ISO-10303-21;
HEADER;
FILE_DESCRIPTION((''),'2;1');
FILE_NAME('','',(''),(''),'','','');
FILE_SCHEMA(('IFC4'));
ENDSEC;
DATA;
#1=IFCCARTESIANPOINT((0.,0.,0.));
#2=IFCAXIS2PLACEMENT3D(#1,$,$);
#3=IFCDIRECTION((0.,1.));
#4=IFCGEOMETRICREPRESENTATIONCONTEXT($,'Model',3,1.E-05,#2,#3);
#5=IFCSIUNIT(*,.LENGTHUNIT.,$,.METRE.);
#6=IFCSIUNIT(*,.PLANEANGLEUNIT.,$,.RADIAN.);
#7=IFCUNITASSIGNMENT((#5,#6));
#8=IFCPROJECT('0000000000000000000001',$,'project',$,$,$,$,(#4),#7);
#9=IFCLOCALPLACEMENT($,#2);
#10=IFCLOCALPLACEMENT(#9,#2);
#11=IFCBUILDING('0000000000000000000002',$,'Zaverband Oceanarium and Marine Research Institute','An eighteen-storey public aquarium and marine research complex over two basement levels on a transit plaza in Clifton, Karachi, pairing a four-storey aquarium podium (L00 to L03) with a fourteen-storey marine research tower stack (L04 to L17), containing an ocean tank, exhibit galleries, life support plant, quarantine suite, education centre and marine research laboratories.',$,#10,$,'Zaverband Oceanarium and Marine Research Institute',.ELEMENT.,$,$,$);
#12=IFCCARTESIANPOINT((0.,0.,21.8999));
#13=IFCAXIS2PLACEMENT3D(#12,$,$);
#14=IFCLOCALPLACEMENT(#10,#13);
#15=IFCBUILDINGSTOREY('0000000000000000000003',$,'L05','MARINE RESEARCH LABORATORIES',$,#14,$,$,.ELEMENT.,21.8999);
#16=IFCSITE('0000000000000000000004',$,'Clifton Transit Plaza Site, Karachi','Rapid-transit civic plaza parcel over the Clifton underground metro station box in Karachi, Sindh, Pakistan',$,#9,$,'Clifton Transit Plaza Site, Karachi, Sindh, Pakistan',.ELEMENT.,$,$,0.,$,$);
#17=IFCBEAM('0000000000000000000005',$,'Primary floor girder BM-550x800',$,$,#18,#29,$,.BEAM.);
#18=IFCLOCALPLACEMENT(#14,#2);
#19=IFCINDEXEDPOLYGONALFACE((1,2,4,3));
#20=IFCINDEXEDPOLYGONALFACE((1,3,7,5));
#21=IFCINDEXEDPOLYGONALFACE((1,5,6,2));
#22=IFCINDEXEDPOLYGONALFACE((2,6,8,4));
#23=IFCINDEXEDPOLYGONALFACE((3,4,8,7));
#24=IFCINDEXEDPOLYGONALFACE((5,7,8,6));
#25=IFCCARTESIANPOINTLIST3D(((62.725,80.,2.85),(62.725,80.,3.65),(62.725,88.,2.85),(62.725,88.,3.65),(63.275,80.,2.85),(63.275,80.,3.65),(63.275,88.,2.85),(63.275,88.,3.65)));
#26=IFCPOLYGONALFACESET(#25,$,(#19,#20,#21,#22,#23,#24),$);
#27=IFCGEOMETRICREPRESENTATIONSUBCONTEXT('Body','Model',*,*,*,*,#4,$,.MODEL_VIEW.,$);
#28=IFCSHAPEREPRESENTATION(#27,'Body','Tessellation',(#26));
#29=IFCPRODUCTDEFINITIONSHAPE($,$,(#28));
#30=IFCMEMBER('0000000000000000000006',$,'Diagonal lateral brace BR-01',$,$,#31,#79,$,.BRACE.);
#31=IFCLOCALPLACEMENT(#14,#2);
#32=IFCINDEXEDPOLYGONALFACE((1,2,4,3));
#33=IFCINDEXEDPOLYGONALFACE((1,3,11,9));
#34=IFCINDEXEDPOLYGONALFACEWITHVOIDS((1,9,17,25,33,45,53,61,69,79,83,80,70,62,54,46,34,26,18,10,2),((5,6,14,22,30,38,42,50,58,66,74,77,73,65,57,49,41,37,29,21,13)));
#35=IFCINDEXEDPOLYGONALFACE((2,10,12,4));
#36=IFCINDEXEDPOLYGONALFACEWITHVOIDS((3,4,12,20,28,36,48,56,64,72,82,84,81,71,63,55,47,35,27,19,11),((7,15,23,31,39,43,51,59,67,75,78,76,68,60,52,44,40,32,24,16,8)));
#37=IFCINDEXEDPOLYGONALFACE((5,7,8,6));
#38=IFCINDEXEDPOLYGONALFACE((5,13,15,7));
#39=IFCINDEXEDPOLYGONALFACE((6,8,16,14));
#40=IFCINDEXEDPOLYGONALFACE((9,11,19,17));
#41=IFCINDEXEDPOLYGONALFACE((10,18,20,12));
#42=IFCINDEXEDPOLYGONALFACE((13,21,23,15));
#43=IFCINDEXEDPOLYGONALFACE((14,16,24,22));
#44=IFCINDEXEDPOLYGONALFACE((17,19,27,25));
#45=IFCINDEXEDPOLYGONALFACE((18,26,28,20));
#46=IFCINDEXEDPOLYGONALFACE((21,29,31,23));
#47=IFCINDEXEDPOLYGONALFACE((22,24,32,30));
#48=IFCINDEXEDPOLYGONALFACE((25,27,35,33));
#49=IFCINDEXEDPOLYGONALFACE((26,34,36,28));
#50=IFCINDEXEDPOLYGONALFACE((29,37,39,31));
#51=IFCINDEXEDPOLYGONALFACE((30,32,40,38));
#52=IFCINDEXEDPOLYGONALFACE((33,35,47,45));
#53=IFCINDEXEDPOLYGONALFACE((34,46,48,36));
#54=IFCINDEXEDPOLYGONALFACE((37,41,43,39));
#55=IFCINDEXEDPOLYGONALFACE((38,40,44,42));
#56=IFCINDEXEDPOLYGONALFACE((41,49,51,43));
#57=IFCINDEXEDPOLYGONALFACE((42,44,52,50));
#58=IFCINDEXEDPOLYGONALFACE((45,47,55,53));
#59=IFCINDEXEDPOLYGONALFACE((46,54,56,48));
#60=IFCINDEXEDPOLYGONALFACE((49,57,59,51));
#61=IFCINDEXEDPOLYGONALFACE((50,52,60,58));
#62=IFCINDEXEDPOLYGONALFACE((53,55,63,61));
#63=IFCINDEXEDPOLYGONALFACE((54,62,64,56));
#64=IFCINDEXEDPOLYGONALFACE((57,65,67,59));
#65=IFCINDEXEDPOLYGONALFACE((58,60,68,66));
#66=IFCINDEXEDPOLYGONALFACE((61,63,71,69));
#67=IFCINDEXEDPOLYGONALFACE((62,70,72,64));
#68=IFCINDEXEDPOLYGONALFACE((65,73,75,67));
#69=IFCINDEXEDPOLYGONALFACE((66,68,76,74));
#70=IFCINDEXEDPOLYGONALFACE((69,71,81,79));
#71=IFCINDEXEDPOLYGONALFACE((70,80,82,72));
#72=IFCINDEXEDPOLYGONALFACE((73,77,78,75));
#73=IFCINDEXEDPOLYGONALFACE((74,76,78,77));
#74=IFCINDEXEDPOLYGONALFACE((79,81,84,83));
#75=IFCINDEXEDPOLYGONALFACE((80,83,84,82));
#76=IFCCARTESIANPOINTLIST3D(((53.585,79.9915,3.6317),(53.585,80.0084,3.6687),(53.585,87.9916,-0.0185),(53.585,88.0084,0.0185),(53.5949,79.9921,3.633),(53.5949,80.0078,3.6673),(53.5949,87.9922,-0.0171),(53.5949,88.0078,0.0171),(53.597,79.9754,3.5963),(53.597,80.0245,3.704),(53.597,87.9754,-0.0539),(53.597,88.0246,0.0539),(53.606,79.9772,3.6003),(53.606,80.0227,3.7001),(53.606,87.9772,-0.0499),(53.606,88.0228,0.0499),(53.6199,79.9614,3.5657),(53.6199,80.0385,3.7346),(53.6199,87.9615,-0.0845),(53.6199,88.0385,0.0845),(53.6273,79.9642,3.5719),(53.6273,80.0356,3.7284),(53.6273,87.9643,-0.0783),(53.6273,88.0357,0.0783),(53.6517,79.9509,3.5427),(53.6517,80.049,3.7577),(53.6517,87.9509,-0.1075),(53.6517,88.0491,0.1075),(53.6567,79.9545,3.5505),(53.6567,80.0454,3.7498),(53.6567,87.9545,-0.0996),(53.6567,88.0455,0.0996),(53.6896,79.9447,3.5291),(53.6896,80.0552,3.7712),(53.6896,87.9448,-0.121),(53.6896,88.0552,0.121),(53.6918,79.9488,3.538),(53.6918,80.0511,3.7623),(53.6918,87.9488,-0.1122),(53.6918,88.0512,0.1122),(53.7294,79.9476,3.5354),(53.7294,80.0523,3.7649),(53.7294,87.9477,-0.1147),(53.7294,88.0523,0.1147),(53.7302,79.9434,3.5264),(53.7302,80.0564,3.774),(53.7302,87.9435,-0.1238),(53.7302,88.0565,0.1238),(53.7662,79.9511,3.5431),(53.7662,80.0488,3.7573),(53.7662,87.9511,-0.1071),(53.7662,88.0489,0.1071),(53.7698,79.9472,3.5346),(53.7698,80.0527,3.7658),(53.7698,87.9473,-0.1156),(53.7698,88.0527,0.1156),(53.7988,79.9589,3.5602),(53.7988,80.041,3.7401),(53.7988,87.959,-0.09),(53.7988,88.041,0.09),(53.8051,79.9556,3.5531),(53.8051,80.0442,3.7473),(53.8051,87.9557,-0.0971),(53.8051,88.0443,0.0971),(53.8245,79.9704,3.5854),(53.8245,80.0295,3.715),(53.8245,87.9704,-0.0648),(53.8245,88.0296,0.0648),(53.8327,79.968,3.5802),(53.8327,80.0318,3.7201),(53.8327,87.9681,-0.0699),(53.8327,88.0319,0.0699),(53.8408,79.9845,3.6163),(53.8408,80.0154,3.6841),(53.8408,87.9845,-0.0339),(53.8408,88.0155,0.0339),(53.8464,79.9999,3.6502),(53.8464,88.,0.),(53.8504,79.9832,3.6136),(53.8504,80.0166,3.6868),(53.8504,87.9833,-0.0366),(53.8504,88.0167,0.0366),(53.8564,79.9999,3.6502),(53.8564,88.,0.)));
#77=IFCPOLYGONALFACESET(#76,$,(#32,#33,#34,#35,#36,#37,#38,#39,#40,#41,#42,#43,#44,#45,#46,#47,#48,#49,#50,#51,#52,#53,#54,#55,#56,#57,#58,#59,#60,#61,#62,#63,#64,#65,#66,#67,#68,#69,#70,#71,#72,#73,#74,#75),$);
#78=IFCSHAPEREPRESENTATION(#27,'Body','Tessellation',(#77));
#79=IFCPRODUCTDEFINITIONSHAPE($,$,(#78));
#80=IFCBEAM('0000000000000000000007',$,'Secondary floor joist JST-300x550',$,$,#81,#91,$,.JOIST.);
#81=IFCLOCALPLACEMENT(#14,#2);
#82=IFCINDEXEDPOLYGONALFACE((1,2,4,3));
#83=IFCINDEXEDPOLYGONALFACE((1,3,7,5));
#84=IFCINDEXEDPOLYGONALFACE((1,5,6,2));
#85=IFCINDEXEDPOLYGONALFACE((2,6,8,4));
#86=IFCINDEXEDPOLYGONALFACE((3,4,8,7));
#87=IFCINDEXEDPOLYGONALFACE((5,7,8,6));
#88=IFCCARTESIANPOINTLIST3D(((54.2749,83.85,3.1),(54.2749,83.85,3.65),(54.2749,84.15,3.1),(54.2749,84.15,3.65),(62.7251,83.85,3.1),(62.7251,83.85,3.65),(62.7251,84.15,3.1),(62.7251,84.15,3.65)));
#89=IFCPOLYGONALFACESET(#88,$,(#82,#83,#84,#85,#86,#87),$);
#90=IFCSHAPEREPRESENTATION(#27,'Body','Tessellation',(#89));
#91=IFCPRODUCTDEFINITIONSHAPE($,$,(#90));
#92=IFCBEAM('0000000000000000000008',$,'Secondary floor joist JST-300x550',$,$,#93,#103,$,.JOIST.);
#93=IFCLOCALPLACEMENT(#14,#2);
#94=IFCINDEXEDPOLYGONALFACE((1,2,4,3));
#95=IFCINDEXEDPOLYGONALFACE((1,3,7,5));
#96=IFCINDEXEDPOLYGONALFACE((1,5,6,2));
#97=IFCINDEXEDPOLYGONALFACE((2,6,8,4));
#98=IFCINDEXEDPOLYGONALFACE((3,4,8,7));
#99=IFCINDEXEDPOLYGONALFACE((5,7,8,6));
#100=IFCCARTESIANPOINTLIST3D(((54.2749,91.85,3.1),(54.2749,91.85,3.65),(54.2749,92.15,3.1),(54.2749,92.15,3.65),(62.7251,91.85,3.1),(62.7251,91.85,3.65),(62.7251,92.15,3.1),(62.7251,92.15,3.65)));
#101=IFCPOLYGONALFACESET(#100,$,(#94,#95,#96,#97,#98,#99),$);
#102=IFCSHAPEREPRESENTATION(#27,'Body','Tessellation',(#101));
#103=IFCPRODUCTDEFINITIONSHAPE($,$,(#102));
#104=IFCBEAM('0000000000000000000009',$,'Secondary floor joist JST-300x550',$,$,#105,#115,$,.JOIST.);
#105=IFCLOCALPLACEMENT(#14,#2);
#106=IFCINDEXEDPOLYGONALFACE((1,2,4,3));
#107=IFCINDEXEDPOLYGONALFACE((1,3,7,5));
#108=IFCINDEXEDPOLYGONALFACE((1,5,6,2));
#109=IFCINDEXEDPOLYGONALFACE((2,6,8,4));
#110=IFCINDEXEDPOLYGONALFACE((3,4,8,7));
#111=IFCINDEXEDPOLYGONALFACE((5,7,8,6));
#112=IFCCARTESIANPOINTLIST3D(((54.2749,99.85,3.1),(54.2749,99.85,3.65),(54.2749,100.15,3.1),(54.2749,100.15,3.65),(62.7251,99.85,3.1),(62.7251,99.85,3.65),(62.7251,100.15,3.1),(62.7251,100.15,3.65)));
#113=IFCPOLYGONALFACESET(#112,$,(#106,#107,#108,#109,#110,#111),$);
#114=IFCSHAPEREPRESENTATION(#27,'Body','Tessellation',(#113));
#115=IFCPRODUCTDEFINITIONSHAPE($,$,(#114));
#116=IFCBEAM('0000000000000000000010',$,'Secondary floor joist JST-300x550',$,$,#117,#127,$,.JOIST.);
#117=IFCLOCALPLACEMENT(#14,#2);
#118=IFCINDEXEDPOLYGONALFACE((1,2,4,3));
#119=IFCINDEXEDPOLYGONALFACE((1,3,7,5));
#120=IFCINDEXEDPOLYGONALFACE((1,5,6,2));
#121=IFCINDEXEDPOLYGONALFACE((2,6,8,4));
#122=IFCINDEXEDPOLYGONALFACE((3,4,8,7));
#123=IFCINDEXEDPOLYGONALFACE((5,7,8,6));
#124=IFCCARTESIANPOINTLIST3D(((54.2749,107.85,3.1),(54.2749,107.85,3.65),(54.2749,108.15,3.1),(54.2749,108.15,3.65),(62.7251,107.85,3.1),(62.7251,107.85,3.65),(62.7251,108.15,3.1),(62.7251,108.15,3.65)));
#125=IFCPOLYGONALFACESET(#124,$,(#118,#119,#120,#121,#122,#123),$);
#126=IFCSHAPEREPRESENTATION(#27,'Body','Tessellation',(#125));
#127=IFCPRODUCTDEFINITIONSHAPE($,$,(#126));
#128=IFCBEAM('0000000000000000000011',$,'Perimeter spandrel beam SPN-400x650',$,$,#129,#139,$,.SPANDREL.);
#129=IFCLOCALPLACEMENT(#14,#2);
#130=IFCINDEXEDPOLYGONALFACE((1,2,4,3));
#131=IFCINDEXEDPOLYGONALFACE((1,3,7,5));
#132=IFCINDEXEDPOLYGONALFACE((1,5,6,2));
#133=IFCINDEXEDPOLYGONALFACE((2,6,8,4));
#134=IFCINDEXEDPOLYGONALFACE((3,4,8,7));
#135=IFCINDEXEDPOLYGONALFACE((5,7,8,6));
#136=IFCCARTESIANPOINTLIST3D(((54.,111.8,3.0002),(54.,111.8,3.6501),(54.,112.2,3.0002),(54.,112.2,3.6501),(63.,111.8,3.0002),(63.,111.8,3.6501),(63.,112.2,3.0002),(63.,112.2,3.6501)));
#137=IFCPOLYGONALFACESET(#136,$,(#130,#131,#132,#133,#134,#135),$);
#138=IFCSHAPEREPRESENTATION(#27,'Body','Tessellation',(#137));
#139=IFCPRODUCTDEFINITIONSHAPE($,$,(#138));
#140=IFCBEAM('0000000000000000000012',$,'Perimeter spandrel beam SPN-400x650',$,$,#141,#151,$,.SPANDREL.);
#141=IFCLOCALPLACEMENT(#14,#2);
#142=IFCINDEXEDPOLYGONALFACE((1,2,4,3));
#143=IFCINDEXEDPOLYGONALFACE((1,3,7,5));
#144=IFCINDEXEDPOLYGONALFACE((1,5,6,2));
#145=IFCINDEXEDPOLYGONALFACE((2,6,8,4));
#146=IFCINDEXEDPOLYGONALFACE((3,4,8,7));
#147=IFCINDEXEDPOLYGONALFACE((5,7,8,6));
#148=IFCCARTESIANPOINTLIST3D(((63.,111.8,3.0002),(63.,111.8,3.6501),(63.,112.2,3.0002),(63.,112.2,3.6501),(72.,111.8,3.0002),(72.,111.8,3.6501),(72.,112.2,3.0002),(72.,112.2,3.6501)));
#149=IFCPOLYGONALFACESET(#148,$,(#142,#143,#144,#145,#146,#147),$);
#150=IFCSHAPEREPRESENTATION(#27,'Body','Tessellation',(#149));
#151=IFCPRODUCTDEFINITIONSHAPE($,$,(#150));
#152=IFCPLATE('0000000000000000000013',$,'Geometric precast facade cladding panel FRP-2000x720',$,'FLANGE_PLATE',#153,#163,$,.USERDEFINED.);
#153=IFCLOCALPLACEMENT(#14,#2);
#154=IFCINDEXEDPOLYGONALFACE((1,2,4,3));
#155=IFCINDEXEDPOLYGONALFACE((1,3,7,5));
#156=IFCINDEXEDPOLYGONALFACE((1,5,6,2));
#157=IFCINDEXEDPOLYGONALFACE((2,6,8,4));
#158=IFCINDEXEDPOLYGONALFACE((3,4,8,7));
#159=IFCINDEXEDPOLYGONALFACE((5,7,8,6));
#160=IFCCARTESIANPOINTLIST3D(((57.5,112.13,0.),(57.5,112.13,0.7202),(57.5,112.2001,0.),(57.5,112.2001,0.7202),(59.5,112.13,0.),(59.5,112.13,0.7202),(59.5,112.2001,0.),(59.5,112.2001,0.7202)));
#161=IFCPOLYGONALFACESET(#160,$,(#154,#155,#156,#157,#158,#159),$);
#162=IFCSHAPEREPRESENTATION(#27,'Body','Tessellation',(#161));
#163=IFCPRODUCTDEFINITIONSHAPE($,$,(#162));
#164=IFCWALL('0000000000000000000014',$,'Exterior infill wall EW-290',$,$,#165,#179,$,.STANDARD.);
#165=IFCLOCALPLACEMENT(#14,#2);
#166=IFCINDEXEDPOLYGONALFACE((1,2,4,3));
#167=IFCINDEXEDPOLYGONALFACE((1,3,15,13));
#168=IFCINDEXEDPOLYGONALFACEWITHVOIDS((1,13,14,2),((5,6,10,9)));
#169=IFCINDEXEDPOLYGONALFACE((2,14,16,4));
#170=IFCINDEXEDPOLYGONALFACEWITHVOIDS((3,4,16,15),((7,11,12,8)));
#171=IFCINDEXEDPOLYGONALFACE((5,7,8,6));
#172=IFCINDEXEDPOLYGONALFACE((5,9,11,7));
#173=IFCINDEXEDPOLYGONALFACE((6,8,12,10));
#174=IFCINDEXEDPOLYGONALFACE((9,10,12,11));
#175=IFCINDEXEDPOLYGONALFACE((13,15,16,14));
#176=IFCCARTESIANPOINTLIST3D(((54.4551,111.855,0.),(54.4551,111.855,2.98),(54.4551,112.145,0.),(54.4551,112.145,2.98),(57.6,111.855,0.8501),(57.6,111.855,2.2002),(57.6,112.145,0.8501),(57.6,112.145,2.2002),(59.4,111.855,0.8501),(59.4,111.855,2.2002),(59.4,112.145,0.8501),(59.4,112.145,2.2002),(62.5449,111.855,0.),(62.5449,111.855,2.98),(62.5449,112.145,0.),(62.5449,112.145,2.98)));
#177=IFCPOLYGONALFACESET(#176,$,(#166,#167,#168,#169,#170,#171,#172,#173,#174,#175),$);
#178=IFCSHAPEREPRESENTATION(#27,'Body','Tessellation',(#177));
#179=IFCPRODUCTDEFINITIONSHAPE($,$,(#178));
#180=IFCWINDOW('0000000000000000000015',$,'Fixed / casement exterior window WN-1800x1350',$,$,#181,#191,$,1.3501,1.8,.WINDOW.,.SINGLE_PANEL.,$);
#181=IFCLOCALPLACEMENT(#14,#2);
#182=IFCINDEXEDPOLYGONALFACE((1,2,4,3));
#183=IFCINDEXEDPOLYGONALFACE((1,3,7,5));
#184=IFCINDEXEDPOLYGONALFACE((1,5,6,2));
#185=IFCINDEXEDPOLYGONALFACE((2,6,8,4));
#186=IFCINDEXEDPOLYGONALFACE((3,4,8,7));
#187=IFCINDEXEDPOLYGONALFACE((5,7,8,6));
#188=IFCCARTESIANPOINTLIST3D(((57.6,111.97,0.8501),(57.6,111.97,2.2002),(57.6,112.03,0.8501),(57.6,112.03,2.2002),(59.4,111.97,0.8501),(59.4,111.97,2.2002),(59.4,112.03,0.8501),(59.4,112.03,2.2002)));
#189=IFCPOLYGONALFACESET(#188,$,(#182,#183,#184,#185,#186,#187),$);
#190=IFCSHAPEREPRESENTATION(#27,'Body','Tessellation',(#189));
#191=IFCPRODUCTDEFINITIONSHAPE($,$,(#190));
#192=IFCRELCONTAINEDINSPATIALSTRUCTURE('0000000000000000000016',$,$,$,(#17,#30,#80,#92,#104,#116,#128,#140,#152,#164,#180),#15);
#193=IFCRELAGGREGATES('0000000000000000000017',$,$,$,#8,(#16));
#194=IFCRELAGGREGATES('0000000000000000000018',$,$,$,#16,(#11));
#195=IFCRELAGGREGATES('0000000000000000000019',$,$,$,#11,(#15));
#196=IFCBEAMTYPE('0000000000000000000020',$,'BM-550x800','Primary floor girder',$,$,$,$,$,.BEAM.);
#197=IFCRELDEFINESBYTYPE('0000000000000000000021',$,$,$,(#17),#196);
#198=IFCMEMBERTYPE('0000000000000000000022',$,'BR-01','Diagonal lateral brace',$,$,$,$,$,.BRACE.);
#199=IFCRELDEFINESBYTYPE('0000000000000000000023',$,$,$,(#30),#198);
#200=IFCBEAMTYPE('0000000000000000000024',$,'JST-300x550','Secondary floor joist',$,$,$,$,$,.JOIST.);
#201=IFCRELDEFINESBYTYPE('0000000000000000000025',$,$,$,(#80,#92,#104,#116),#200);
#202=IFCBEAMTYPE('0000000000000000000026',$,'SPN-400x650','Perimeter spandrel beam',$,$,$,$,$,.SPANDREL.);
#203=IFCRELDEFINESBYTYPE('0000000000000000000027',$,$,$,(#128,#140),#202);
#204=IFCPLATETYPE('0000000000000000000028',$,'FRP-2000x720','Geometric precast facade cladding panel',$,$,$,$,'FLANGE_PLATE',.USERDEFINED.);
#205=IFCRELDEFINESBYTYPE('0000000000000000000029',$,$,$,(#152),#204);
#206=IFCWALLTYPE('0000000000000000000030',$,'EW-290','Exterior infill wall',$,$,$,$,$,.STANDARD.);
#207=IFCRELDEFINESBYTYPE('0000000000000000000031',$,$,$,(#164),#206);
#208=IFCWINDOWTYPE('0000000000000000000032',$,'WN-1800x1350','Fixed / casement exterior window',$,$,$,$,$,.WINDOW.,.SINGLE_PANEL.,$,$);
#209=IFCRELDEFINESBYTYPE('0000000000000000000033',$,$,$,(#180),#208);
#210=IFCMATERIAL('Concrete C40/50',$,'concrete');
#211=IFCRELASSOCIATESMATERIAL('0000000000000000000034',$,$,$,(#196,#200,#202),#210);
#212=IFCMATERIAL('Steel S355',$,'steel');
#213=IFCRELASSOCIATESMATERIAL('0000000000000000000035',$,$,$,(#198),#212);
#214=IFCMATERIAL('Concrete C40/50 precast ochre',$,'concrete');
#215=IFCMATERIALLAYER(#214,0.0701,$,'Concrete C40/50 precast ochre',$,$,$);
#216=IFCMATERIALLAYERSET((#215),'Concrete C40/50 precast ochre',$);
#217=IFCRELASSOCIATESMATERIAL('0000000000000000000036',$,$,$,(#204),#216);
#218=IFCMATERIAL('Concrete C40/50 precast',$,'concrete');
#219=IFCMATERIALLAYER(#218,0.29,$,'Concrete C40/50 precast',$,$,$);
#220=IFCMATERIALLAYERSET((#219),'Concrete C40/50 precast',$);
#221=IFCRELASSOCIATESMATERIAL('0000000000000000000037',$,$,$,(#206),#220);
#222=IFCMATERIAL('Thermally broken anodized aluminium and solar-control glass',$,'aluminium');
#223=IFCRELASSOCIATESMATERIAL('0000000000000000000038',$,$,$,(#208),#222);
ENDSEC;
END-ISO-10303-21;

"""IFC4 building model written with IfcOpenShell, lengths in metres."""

from ifc_helpers import new_model, si_unit, direction, frame, frame_2d, origin, origin_2d, place, context, subcontext, project, spatial, rectangle, hollow_circle, extrude, material, layer, layer_set, material_profile, profile_set, type_object, element, fill, save


model = new_model("IFC4")

# Units and contexts
model_context = context("Model", 3, precision=1e-05, world=origin(), true_north=direction((0.0, 1.0)))
body_context = subcontext(model_context, "Body", "Model", "MODEL_VIEW")
ifc_project = project(units=[si_unit("LENGTHUNIT", "METRE"), si_unit("PLANEANGLEUNIT", "RADIAN")], contexts=[model_context])

# Site, building, storey
site_placement = place(None, origin())
site = spatial("IfcSite", under=ifc_project, at=site_placement, Name="Clifton Transit Plaza Site, Karachi", Description="Rapid-transit civic plaza parcel over the Clifton underground metro station box in Karachi, Sindh, Pakistan", LongName="Clifton Transit Plaza Site, Karachi, Sindh, Pakistan", CompositionType="ELEMENT", RefElevation=0.0)
building_placement = place(site_placement, origin())
building = spatial("IfcBuilding", under=site, at=building_placement, Name="Zaverband Oceanarium and Marine Research Institute", Description="An eighteen-storey public aquarium and marine research complex over two basement levels on a transit plaza in Clifton, Karachi, pairing a four-storey aquarium podium (L00 to L03) with a fourteen-storey marine research tower stack (L04 to L17), containing an ocean tank, exhibit galleries, life support plant, quarantine suite, education centre and marine research laboratories.", LongName="Zaverband Oceanarium and Marine Research Institute", CompositionType="ELEMENT")
storey_placement = place(building_placement, frame((0.0, 0.0, 21.8999)))
storey = spatial("IfcBuildingStorey", under=building, at=storey_placement, Name="L05", Description="MARINE RESEARCH LABORATORIES", CompositionType="ELEMENT", Elevation=21.8999)

# Beam
ifc_material_1 = material(Name="Concrete C40/50", Category="concrete")
ifc_material_profile_1 = material_profile(ifc_material_1, rectangle(XDim=0.55, YDim=0.8, at=origin_2d()), Name="RC550x800")
ifc_profile_set_1 = profile_set([ifc_material_profile_1], Name="Concrete C40/50")
beam_type_1 = type_object("IfcBeamType", Name="BM-550x800", Description="Primary floor girder", PredefinedType="BEAM", material=ifc_profile_set_1)
for number, where, z_axis, x_axis, name in (
    (1, (63.0, 80.0, 3.25), (0.0, 1.0, 0.0), (-1.0, 0.0, 0.0), "Primary floor girder BM-550x800"),
):
    element("IfcBeam", number, at=place(storey_placement, frame(where, z_axis=z_axis, x_axis=x_axis)), inside=storey, type_object=beam_type_1, Name=name, PredefinedType="BEAM", context=body_context, shape_type="SweptSolid", body=[
        extrude(rectangle(XDim=0.55, YDim=0.8, at=origin_2d()), origin(), (0.0, 0.0, 1.0), 8.0),
    ])

# Member
ifc_material_2 = material(Name="Steel S355", Category="steel")
ifc_material_profile_2 = material_profile(ifc_material_2, hollow_circle(Radius=0.1365, WallThickness=0.01, at=origin_2d()), Name="CHS273x10")
ifc_profile_set_2 = profile_set([ifc_material_profile_2], Name="Steel S355")
member_type = type_object("IfcMemberType", Name="BR-01", Description="Diagonal lateral brace", PredefinedType="BRACE", material=ifc_profile_set_2)
member_placement = place(storey_placement, frame((53.72, 88.0, 0.0), z_axis=(0.0, -0.909775, 0.415102), x_axis=(1.0, 0.0, 0.0)))
element("IfcMember", 2, at=member_placement, inside=storey, type_object=member_type, Name="Diagonal lateral brace BR-01", PredefinedType="BRACE", context=body_context, shape_type="SweptSolid", body=[
    extrude(hollow_circle(Radius=0.1365, WallThickness=0.01, at=origin_2d()), origin(), (0.0, 0.0, 1.0), 8.7935),
])

# Beams
ifc_material_profile_3 = material_profile(ifc_material_1, rectangle(XDim=0.3, YDim=0.55, at=origin_2d()), Name="RC300x550")
ifc_profile_set_3 = profile_set([ifc_material_profile_3], Name="Concrete C40/50")
beam_type_2 = type_object("IfcBeamType", Name="JST-300x550", Description="Secondary floor joist", PredefinedType="JOIST", material=ifc_profile_set_3)
for number, where, z_axis, x_axis, name in (
    (3, (54.2749, 84.0, 3.375), (1.0, 0.0, 0.0), (0.0, 1.0, 0.0), "Secondary floor joist JST-300x550"),
    (4, (54.2749, 92.0, 3.375), (1.0, 0.0, 0.0), (0.0, 1.0, 0.0), "Secondary floor joist JST-300x550"),
    (5, (54.2749, 100.0, 3.375), (1.0, 0.0, 0.0), (0.0, 1.0, 0.0), "Secondary floor joist JST-300x550"),
    (6, (54.2749, 108.0, 3.375), (1.0, 0.0, 0.0), (0.0, 1.0, 0.0), "Secondary floor joist JST-300x550"),
):
    element("IfcBeam", number, at=place(storey_placement, frame(where, z_axis=z_axis, x_axis=x_axis)), inside=storey, type_object=beam_type_2, Name=name, PredefinedType="JOIST", context=body_context, shape_type="SweptSolid", body=[
        extrude(rectangle(XDim=0.3, YDim=0.55, at=origin_2d()), origin(), (0.0, 0.0, 1.0), 8.4502),
    ])
ifc_material_profile_4 = material_profile(ifc_material_1, rectangle(XDim=0.3999, YDim=0.6499, at=origin_2d()), Name="RC400x650")
ifc_profile_set_4 = profile_set([ifc_material_profile_4], Name="Concrete C40/50")
beam_type_3 = type_object("IfcBeamType", Name="SPN-400x650", Description="Perimeter spandrel beam", PredefinedType="SPANDREL", material=ifc_profile_set_4)
for number, where, z_axis, x_axis, name in (
    (7, (54.0, 112.0, 3.3252), (1.0, 0.0, 0.0), (0.0, 1.0, 0.0), "Perimeter spandrel beam SPN-400x650"),
    (8, (63.0, 112.0, 3.3252), (1.0, 0.0, 0.0), (0.0, 1.0, 0.0), "Perimeter spandrel beam SPN-400x650"),
):
    element("IfcBeam", number, at=place(storey_placement, frame(where, z_axis=z_axis, x_axis=x_axis)), inside=storey, type_object=beam_type_3, Name=name, PredefinedType="SPANDREL", context=body_context, shape_type="SweptSolid", body=[
        extrude(rectangle(XDim=0.3999, YDim=0.6499, at=origin_2d()), origin(), (0.0, 0.0, 1.0), 9.0),
    ])

# Plate
ifc_material_3 = material(Name="Concrete C40/50 precast ochre", Category="concrete")
ifc_layer_1 = layer(ifc_material_3, 0.0701, Name="Concrete C40/50 precast ochre")
ifc_layer_set_1 = layer_set([ifc_layer_1], Name="Concrete C40/50 precast ochre")
plate_type = type_object("IfcPlateType", Name="FRP-2000x720", Description="Geometric precast facade cladding panel", ElementType="FLANGE_PLATE", PredefinedType="USERDEFINED", material=ifc_layer_set_1)
plate_placement = place(storey_placement, frame((57.5, 112.165, 0.0), z_axis=(0.0, 0.0, 1.0), x_axis=(1.0, 0.0, 0.0)))
element("IfcPlate", 9, at=plate_placement, inside=storey, type_object=plate_type, Name="Geometric precast facade cladding panel FRP-2000x720", ObjectType="FLANGE_PLATE", PredefinedType="USERDEFINED", context=body_context, shape_type="SweptSolid", body=[
    extrude(rectangle(XDim=2.0, YDim=0.0701, at=frame_2d((1.0, 0.0))), origin(), (0.0, 0.0, 1.0), 0.7202),
])

# Wall, opening, window
ifc_material_4 = material(Name="Concrete C40/50 precast", Category="concrete")
ifc_layer_2 = layer(ifc_material_4, 0.29, Name="Concrete C40/50 precast")
ifc_layer_set_2 = layer_set([ifc_layer_2], Name="Concrete C40/50 precast")
wall_type = type_object("IfcWallType", Name="EW-290", Description="Exterior infill wall", PredefinedType="STANDARD", material=ifc_layer_set_2)
wall_placement = place(storey_placement, frame((54.4551, 112.0, 0.0), z_axis=(0.0, 0.0, 1.0), x_axis=(1.0, 0.0, 0.0)))
wall = element("IfcWall", 10, at=wall_placement, inside=storey, type_object=wall_type, Name="Exterior infill wall EW-290", PredefinedType="STANDARD", context=body_context, shape_type="SweptSolid", body=[
    extrude(rectangle(XDim=8.0898, YDim=0.29, at=frame_2d((4.0449, 0.0))), origin(), (0.0, 0.0, 1.0), 2.98),
])
opening_placement = place(wall_placement, frame((3.145, 0.0, 0.8501)))
opening = element("IfcOpeningElement", 11, at=opening_placement, cuts=wall, PredefinedType="OPENING", context=body_context, shape_type="SweptSolid", body=[
    extrude(rectangle(XDim=1.8, YDim=1.3501, at=frame_2d((0.8999, 0.675))), frame((0.0, 0.157, 0.0), z_axis=(0.0, -1.0, 0.0), x_axis=(1.0, 0.0, 0.0)), (0.0, 0.0, 1.0), 0.314),
])
ifc_material_5 = material(Name="Thermally broken anodized aluminium and solar-control glass", Category="aluminium")
window_type = type_object("IfcWindowType", Name="WN-1800x1350", Description="Fixed / casement exterior window", PartitioningType="SINGLE_PANEL", PredefinedType="WINDOW", material=ifc_material_5)
window_placement = place(opening_placement, origin())
window = element("IfcWindow", 12, at=window_placement, inside=storey, type_object=window_type, Name="Fixed / casement exterior window WN-1800x1350", OverallHeight=1.3501, OverallWidth=1.8, PartitioningType="SINGLE_PANEL", PredefinedType="WINDOW", context=body_context, shape_type="SweptSolid", body=[
    extrude(rectangle(XDim=1.8, YDim=1.3501, at=frame_2d((0.8999, 0.675))), frame((0.0, 0.03, 0.0), z_axis=(0.0, -1.0, 0.0), x_axis=(1.0, 0.0, 0.0)), (0.0, 0.0, 1.0), 0.0601),
])
fill(opening, window)

save(model, "model.ifc")
